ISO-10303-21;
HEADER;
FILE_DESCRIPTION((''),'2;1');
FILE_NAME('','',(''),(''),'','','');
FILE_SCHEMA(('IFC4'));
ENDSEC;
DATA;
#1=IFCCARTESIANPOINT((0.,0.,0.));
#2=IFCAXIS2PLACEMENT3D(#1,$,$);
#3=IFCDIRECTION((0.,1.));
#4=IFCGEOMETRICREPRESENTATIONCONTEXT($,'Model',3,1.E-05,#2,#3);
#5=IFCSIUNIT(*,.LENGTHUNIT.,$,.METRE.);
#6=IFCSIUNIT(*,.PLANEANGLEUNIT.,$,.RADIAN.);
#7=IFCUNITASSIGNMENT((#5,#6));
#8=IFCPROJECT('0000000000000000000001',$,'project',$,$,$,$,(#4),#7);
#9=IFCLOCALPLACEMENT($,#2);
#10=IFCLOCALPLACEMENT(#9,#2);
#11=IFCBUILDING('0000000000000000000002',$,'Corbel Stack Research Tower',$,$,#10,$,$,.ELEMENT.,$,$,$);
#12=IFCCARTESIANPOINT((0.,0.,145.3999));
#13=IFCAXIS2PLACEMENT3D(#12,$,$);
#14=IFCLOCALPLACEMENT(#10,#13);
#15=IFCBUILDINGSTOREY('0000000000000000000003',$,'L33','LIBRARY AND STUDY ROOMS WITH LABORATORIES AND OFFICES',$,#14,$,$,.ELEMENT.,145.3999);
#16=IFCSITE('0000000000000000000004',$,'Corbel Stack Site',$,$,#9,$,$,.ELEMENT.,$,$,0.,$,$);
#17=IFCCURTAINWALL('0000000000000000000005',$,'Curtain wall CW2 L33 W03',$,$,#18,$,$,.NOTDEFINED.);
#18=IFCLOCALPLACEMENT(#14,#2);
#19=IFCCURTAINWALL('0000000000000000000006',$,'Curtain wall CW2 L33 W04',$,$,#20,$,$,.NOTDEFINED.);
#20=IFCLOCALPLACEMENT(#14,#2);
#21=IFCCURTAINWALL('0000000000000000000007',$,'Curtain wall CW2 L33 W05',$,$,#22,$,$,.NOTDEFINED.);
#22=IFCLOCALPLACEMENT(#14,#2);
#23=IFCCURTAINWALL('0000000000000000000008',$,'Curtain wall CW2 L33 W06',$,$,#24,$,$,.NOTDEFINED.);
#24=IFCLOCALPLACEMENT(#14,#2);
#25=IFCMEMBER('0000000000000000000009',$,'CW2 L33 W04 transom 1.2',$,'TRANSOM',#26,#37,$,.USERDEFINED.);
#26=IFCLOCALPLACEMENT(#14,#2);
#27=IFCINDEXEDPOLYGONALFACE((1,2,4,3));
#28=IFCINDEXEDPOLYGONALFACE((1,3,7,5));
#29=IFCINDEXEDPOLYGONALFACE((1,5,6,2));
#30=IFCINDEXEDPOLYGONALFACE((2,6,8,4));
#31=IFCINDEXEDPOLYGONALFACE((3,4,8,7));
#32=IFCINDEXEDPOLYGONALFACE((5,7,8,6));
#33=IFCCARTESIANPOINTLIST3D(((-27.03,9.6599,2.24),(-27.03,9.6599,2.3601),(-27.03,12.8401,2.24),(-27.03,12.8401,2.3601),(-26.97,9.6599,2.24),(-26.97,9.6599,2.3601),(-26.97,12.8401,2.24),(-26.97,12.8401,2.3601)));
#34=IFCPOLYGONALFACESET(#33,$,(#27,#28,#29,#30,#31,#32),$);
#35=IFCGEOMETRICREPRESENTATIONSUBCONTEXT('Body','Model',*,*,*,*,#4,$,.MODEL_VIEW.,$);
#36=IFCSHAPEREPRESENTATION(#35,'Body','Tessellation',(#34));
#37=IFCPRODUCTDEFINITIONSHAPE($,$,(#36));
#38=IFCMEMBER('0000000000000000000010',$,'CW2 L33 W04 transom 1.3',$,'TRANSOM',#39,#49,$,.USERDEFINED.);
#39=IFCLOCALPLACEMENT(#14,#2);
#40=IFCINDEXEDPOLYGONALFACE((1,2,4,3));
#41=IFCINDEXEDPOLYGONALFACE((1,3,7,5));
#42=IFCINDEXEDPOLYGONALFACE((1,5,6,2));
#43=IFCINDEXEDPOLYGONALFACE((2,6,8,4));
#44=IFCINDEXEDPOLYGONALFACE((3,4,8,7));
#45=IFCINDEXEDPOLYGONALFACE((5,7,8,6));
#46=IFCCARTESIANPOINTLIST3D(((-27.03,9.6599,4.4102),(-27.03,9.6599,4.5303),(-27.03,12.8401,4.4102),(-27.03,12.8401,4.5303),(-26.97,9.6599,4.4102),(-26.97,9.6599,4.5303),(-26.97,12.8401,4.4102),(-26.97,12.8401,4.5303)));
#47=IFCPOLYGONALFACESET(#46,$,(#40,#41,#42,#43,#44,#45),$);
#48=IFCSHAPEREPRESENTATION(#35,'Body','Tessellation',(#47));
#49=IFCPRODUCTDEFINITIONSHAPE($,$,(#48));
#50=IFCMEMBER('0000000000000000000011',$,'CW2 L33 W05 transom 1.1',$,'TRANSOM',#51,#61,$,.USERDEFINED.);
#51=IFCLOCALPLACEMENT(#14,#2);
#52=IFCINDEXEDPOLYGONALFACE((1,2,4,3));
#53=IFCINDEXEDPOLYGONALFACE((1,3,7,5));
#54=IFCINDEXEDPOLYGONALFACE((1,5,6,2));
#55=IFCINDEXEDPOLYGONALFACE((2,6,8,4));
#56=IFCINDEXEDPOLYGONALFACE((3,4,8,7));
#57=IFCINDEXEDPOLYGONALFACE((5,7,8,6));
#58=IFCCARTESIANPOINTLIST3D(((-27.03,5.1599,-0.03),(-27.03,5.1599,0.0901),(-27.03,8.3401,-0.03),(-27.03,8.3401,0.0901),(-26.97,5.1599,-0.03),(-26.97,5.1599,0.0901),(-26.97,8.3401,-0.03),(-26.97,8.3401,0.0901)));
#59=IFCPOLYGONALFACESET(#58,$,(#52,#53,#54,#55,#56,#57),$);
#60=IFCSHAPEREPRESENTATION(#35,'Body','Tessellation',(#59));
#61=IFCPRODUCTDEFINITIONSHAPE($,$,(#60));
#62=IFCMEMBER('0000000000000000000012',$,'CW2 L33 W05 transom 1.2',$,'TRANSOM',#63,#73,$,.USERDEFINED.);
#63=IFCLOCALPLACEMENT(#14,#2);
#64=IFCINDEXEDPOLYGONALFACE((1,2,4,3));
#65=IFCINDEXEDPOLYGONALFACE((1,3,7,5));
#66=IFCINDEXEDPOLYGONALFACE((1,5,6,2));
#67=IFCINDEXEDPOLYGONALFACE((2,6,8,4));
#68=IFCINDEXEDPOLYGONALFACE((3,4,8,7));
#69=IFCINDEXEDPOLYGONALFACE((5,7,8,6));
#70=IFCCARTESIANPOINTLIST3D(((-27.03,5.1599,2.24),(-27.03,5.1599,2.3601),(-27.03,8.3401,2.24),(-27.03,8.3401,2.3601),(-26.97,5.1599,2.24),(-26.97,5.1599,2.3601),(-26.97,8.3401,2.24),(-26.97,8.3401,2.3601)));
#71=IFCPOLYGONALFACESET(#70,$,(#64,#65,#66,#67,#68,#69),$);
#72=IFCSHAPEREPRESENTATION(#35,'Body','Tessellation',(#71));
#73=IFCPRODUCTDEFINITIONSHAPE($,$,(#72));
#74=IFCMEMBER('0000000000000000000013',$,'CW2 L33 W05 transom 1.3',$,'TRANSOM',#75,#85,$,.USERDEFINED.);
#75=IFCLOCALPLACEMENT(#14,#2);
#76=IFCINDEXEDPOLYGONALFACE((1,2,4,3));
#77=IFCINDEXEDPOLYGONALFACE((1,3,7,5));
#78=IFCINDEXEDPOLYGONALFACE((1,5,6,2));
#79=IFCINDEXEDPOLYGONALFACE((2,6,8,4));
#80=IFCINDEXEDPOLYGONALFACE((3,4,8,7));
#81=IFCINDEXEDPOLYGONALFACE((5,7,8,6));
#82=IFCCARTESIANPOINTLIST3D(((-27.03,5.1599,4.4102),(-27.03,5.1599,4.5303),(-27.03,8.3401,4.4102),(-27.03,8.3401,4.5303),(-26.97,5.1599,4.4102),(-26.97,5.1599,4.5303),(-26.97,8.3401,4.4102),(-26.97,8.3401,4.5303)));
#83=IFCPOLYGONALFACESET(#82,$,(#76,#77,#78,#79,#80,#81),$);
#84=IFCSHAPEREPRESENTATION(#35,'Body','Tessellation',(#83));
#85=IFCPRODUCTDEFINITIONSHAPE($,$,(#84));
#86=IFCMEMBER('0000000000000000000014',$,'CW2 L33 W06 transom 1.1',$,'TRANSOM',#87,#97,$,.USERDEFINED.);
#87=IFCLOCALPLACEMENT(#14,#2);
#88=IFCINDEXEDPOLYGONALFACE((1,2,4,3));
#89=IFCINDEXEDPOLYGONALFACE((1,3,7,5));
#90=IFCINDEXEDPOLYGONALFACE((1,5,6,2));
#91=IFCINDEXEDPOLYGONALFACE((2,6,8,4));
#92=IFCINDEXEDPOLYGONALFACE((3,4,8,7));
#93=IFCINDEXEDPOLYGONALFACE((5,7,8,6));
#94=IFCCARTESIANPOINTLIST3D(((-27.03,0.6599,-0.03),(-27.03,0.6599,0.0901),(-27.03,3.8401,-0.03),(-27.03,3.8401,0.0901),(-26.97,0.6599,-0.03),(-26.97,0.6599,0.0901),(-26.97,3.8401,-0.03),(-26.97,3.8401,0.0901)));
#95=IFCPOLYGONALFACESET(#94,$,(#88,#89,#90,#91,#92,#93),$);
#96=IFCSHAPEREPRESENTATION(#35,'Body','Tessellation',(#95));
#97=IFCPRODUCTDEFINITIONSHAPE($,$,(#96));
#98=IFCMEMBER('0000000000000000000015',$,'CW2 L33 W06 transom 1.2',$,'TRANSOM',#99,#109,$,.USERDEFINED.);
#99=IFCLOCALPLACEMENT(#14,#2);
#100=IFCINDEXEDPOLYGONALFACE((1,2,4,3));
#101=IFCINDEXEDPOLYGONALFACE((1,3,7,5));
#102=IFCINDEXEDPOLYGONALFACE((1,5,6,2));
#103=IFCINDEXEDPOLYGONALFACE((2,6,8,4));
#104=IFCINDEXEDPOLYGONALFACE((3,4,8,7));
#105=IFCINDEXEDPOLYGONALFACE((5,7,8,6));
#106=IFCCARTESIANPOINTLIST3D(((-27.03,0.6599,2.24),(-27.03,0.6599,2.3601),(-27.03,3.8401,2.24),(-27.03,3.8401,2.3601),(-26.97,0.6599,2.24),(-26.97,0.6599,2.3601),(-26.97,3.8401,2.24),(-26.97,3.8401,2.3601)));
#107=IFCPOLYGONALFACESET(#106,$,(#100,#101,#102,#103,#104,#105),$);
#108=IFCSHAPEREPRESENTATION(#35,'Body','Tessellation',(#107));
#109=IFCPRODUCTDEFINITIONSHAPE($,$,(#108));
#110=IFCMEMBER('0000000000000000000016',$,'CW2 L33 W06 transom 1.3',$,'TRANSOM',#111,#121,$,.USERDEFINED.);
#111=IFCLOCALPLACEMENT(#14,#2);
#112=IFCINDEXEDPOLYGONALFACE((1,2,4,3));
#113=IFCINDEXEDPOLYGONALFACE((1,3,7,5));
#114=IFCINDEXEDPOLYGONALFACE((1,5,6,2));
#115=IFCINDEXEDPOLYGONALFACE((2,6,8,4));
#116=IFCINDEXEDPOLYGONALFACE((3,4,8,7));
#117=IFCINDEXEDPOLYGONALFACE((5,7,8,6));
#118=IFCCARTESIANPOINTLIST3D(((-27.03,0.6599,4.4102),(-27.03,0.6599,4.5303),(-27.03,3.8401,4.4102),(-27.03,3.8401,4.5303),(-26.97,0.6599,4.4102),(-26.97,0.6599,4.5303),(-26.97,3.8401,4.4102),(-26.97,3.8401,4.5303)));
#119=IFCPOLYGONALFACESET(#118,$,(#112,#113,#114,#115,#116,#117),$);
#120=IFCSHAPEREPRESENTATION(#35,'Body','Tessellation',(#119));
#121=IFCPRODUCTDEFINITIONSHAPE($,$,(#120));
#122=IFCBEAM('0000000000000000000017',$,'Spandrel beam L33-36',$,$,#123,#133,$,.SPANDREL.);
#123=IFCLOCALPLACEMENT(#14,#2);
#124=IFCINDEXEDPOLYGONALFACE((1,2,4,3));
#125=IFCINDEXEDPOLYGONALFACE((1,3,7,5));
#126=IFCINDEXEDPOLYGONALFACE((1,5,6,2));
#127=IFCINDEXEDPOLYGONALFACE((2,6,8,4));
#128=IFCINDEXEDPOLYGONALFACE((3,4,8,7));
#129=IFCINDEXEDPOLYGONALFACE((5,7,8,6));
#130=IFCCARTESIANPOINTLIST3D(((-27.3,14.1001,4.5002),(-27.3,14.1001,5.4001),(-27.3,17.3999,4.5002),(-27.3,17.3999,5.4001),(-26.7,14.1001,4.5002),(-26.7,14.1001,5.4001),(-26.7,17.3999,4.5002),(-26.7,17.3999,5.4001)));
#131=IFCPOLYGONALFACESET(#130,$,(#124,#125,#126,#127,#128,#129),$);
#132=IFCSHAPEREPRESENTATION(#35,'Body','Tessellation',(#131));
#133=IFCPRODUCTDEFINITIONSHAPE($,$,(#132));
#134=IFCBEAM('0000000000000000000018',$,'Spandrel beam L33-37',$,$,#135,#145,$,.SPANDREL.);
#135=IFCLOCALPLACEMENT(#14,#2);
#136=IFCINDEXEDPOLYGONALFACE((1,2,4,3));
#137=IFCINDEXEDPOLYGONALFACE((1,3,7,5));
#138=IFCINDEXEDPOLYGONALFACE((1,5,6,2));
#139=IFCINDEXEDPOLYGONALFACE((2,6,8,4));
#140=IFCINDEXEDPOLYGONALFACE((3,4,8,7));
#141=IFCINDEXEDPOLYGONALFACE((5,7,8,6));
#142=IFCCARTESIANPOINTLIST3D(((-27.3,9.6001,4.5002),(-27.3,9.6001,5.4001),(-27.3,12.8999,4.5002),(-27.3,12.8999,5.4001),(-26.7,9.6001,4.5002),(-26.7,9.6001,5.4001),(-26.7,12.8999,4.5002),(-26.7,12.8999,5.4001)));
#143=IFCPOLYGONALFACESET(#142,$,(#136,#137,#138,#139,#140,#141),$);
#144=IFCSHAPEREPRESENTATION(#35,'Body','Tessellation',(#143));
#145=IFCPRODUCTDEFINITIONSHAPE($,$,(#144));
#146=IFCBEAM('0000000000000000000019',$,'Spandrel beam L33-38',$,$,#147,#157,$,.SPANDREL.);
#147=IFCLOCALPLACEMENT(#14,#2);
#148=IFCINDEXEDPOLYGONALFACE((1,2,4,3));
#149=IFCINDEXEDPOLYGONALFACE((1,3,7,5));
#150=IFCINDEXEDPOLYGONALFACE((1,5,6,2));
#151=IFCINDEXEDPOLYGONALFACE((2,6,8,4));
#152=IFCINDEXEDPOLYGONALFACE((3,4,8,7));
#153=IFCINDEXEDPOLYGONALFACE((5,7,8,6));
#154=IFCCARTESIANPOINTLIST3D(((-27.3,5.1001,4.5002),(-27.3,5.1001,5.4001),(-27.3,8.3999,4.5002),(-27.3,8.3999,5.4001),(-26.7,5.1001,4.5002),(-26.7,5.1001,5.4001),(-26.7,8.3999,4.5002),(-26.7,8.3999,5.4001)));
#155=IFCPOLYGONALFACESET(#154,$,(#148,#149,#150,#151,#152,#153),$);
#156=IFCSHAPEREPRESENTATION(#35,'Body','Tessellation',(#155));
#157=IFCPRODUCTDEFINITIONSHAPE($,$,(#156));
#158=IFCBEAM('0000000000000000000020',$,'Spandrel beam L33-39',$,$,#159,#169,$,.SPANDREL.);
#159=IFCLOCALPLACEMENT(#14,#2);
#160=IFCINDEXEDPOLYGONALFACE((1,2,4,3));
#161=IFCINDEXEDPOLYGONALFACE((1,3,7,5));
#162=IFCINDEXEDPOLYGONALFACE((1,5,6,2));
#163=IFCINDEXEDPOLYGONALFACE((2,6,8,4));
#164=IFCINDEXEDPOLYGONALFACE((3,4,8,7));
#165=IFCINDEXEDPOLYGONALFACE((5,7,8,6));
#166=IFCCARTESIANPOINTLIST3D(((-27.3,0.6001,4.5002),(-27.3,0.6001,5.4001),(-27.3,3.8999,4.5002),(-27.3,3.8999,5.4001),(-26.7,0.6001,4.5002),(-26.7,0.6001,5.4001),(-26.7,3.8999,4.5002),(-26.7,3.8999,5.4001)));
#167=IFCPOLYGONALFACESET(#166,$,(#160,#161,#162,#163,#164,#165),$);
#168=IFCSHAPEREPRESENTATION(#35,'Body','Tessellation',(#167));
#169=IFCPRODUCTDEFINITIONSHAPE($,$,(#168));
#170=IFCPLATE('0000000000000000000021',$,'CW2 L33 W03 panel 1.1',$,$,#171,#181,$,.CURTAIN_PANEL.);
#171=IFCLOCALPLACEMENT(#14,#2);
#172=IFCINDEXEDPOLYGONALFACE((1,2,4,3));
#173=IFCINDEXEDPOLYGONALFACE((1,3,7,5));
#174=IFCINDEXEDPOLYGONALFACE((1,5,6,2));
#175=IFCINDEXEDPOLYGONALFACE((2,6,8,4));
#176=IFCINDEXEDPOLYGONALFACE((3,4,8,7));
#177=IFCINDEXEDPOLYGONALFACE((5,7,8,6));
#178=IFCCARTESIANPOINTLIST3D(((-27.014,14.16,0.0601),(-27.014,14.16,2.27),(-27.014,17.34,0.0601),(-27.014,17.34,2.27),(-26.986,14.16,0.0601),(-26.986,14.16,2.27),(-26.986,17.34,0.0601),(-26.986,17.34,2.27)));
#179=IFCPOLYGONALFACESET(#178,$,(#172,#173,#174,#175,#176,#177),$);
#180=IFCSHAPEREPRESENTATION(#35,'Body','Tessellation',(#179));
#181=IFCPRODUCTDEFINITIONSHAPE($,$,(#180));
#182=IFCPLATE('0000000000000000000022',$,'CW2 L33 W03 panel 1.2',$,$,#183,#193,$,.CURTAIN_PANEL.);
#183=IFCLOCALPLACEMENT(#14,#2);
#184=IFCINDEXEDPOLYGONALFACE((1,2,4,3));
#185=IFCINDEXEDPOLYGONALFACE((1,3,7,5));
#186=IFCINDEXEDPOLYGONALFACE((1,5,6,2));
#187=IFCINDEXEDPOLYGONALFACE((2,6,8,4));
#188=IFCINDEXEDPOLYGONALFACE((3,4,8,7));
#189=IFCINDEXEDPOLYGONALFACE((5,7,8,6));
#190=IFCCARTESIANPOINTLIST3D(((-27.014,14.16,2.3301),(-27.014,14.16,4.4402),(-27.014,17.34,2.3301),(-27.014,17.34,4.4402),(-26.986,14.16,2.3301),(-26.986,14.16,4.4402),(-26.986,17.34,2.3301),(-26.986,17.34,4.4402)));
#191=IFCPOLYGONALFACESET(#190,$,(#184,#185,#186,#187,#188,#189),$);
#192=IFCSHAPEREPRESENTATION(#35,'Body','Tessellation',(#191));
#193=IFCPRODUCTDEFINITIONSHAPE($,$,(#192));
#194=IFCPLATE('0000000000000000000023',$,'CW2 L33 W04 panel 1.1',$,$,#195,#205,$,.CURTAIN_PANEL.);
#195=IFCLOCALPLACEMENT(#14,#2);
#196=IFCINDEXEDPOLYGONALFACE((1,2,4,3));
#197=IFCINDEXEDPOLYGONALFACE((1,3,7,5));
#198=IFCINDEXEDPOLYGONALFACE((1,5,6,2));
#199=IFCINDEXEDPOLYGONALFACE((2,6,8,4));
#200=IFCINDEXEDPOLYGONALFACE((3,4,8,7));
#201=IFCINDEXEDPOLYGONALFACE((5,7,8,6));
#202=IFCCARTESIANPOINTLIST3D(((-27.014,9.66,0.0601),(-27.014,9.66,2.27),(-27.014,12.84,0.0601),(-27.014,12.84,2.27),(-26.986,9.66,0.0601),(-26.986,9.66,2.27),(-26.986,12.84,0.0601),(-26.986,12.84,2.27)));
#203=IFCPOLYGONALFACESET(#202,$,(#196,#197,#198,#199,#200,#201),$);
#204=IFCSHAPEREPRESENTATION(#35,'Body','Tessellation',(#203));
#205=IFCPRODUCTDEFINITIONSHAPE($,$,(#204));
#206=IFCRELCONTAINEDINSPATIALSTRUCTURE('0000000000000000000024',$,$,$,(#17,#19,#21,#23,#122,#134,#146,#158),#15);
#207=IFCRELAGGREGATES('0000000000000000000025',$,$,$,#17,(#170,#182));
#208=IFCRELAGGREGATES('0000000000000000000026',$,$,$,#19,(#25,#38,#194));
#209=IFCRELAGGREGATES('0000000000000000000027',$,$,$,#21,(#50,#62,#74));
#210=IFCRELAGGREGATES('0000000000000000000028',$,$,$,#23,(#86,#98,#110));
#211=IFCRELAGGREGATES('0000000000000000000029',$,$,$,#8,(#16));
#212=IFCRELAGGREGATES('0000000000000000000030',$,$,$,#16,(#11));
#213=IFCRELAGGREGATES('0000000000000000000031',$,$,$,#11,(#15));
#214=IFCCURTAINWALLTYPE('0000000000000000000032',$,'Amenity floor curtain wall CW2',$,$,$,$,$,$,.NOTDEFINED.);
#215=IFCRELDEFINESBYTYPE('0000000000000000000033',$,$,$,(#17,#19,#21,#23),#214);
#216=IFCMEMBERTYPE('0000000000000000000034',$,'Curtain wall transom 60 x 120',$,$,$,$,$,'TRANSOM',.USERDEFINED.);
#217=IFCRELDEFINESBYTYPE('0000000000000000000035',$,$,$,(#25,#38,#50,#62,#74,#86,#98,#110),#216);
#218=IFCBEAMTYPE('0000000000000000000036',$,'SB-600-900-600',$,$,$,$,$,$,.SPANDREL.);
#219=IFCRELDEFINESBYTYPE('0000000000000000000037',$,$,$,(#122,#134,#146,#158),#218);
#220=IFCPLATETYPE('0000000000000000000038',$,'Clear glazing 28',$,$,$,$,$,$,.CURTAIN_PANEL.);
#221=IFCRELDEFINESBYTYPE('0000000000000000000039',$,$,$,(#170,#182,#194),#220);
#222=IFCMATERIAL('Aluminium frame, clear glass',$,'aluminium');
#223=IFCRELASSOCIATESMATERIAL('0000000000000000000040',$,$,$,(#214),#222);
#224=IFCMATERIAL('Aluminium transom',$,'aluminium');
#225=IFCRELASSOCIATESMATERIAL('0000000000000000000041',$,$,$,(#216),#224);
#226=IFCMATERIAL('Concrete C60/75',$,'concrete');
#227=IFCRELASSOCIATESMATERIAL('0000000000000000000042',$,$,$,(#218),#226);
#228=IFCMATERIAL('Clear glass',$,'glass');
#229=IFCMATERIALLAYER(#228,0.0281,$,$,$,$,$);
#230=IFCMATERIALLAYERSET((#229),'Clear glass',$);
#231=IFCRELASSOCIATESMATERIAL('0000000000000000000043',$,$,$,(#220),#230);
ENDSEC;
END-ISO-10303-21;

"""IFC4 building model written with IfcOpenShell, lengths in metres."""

from ifc_helpers import new_model, si_unit, direction, frame, origin, origin_2d, place, context, subcontext, project, spatial, rectangle, extrude, material, layer, layer_set, material_profile, profile_set, type_object, element, aggregate, save


model = new_model("IFC4")

# Units and contexts
model_context = context("Model", 3, precision=1e-05, world=origin(), true_north=direction((0.0, 1.0)))
body_context = subcontext(model_context, "Body", "Model", "MODEL_VIEW")
ifc_project = project(units=[si_unit("LENGTHUNIT", "METRE"), si_unit("PLANEANGLEUNIT", "RADIAN")], contexts=[model_context])

# Site, building, storey
site_placement = place(None, origin())
site = spatial("IfcSite", under=ifc_project, at=site_placement, Name="Corbel Stack Site", CompositionType="ELEMENT", RefElevation=0.0)
building_placement = place(site_placement, origin())
building = spatial("IfcBuilding", under=site, at=building_placement, Name="Corbel Stack Research Tower", CompositionType="ELEMENT")
storey_placement = place(building_placement, frame((0.0, 0.0, 145.3999)))
storey = spatial("IfcBuildingStorey", under=building, at=storey_placement, Name="L33", Description="LIBRARY AND STUDY ROOMS WITH LABORATORIES AND OFFICES", CompositionType="ELEMENT", Elevation=145.3999)

# Curtain walls
ifc_material_1 = material(Name="Aluminium frame, clear glass", Category="aluminium")
curtain_wall_type = type_object("IfcCurtainWallType", Name="Amenity floor curtain wall CW2", PredefinedType="NOTDEFINED", material=ifc_material_1)
curtain_wall_1_placement = place(storey_placement, origin())
curtain_wall_1 = element("IfcCurtainWall", 1, at=curtain_wall_1_placement, inside=storey, type_object=curtain_wall_type, Name="Curtain wall CW2 L33 W03", PredefinedType="NOTDEFINED")
curtain_wall_2_placement = place(storey_placement, origin())
curtain_wall_2 = element("IfcCurtainWall", 2, at=curtain_wall_2_placement, inside=storey, type_object=curtain_wall_type, Name="Curtain wall CW2 L33 W04", PredefinedType="NOTDEFINED")
curtain_wall_3_placement = place(storey_placement, origin())
curtain_wall_3 = element("IfcCurtainWall", 3, at=curtain_wall_3_placement, inside=storey, type_object=curtain_wall_type, Name="Curtain wall CW2 L33 W05", PredefinedType="NOTDEFINED")
curtain_wall_4_placement = place(storey_placement, origin())
curtain_wall_4 = element("IfcCurtainWall", 4, at=curtain_wall_4_placement, inside=storey, type_object=curtain_wall_type, Name="Curtain wall CW2 L33 W06", PredefinedType="NOTDEFINED")

# Members
ifc_material_2 = material(Name="Aluminium transom", Category="aluminium")
ifc_material_profile_1 = material_profile(ifc_material_2, rectangle(XDim=0.0601, YDim=0.1201, at=origin_2d()), Name="Transom 60 x 120")
ifc_profile_set_1 = profile_set([ifc_material_profile_1], Name="Aluminium transom")
member_type_1 = type_object("IfcMemberType", Name="Curtain wall transom 60 x 120", ElementType="TRANSOM", PredefinedType="USERDEFINED", material=ifc_profile_set_1)
member_1_placement = place(storey_placement, frame((-27.0, 12.8401, 2.3), z_axis=(0.0, -1.0, 0.0), x_axis=(1.0, 0.0, 0.0)))
member_1 = element("IfcMember", 5, at=member_1_placement, type_object=member_type_1, Name="CW2 L33 W04 transom 1.2", ObjectType="TRANSOM", PredefinedType="USERDEFINED", context=body_context, shape_type="SweptSolid", body=[
    extrude(rectangle(XDim=0.0601, YDim=0.1201, at=origin_2d()), origin(), (0.0, 0.0, 1.0), 3.1802),
])
member_2_placement = place(storey_placement, frame((-27.0, 12.8401, 4.4702), z_axis=(0.0, -1.0, 0.0), x_axis=(1.0, 0.0, 0.0)))
member_2 = element("IfcMember", 6, at=member_2_placement, type_object=member_type_1, Name="CW2 L33 W04 transom 1.3", ObjectType="TRANSOM", PredefinedType="USERDEFINED", context=body_context, shape_type="SweptSolid", body=[
    extrude(rectangle(XDim=0.0601, YDim=0.1201, at=origin_2d()), origin(), (0.0, 0.0, 1.0), 3.1802),
])
member_3_placement = place(storey_placement, frame((-27.0, 8.3401, 0.03), z_axis=(0.0, -1.0, 0.0), x_axis=(1.0, 0.0, 0.0)))
member_3 = element("IfcMember", 7, at=member_3_placement, type_object=member_type_1, Name="CW2 L33 W05 transom 1.1", ObjectType="TRANSOM", PredefinedType="USERDEFINED", context=body_context, shape_type="SweptSolid", body=[
    extrude(rectangle(XDim=0.0601, YDim=0.1201, at=origin_2d()), origin(), (0.0, 0.0, 1.0), 3.1802),
])
member_4_placement = place(storey_placement, frame((-27.0, 8.3401, 2.3), z_axis=(0.0, -1.0, 0.0), x_axis=(1.0, 0.0, 0.0)))
member_4 = element("IfcMember", 8, at=member_4_placement, type_object=member_type_1, Name="CW2 L33 W05 transom 1.2", ObjectType="TRANSOM", PredefinedType="USERDEFINED", context=body_context, shape_type="SweptSolid", body=[
    extrude(rectangle(XDim=0.0601, YDim=0.1201, at=origin_2d()), origin(), (0.0, 0.0, 1.0), 3.1802),
])
member_5_placement = place(storey_placement, frame((-27.0, 8.3401, 4.4702), z_axis=(0.0, -1.0, 0.0), x_axis=(1.0, 0.0, 0.0)))
member_5 = element("IfcMember", 9, at=member_5_placement, type_object=member_type_1, Name="CW2 L33 W05 transom 1.3", ObjectType="TRANSOM", PredefinedType="USERDEFINED", context=body_context, shape_type="SweptSolid", body=[
    extrude(rectangle(XDim=0.0601, YDim=0.1201, at=origin_2d()), origin(), (0.0, 0.0, 1.0), 3.1802),
])
member_6_placement = place(storey_placement, frame((-27.0, 3.8401, 0.03), z_axis=(0.0, -1.0, 0.0), x_axis=(1.0, 0.0, 0.0)))
member_6 = element("IfcMember", 10, at=member_6_placement, type_object=member_type_1, Name="CW2 L33 W06 transom 1.1", ObjectType="TRANSOM", PredefinedType="USERDEFINED", context=body_context, shape_type="SweptSolid", body=[
    extrude(rectangle(XDim=0.0601, YDim=0.1201, at=origin_2d()), origin(), (0.0, 0.0, 1.0), 3.1802),
])
member_7_placement = place(storey_placement, frame((-27.0, 3.8401, 2.3), z_axis=(0.0, -1.0, 0.0), x_axis=(1.0, 0.0, 0.0)))
member_7 = element("IfcMember", 11, at=member_7_placement, type_object=member_type_1, Name="CW2 L33 W06 transom 1.2", ObjectType="TRANSOM", PredefinedType="USERDEFINED", context=body_context, shape_type="SweptSolid", body=[
    extrude(rectangle(XDim=0.0601, YDim=0.1201, at=origin_2d()), origin(), (0.0, 0.0, 1.0), 3.1802),
])
member_8_placement = place(storey_placement, frame((-27.0, 3.8401, 4.4702), z_axis=(0.0, -1.0, 0.0), x_axis=(1.0, 0.0, 0.0)))
member_8 = element("IfcMember", 12, at=member_8_placement, type_object=member_type_1, Name="CW2 L33 W06 transom 1.3", ObjectType="TRANSOM", PredefinedType="USERDEFINED", context=body_context, shape_type="SweptSolid", body=[
    extrude(rectangle(XDim=0.0601, YDim=0.1201, at=origin_2d()), origin(), (0.0, 0.0, 1.0), 3.1802),
])

# Beams
ifc_material_3 = material(Name="Concrete C60/75", Category="concrete")
ifc_material_profile_2 = material_profile(ifc_material_3, rectangle(XDim=0.6001, YDim=0.8999, at=origin_2d()), Name="RC 600 x 900")
ifc_profile_set_2 = profile_set([ifc_material_profile_2], Name="Concrete C60/75")
beam_type = type_object("IfcBeamType", Name="SB-600-900-600", PredefinedType="SPANDREL", material=ifc_profile_set_2)
for number, where, z_axis, x_axis, name in (
    (13, (-27.0, 17.3999, 4.9502), (0.0, -1.0, 0.0), (1.0, 0.0, 0.0), "Spandrel beam L33-36"),
    (14, (-27.0, 12.8999, 4.9502), (0.0, -1.0, 0.0), (1.0, 0.0, 0.0), "Spandrel beam L33-37"),
    (15, (-27.0, 8.3999, 4.9502), (0.0, -1.0, 0.0), (1.0, 0.0, 0.0), "Spandrel beam L33-38"),
    (16, (-27.0, 3.8999, 4.9502), (0.0, -1.0, 0.0), (1.0, 0.0, 0.0), "Spandrel beam L33-39"),
):
    element("IfcBeam", number, at=place(storey_placement, frame(where, z_axis=z_axis, x_axis=x_axis)), inside=storey, type_object=beam_type, Name=name, PredefinedType="SPANDREL", context=body_context, shape_type="SweptSolid", body=[
        extrude(rectangle(XDim=0.6001, YDim=0.8999, at=origin_2d()), origin(), (0.0, 0.0, 1.0), 3.2998),
    ])

# Plates
ifc_material_4 = material(Name="Clear glass", Category="glass")
ifc_layer = layer(ifc_material_4, 0.0281)
ifc_layer_set = layer_set([ifc_layer], Name="Clear glass")
plate_type = type_object("IfcPlateType", Name="Clear glazing 28", PredefinedType="CURTAIN_PANEL", material=ifc_layer_set)
plate_1_placement = place(storey_placement, frame((-27.0, 15.75, 0.0601), z_axis=(0.0, 0.0, 1.0), x_axis=(0.0, -1.0, 0.0)))
plate_1 = element("IfcPlate", 17, at=plate_1_placement, type_object=plate_type, Name="CW2 L33 W03 panel 1.1", PredefinedType="CURTAIN_PANEL", context=body_context, shape_type="SweptSolid", body=[
    extrude(rectangle(XDim=3.1799, YDim=0.0281, at=origin_2d()), origin(), (0.0, 0.0, 1.0), 2.21),
])
plate_2_placement = place(storey_placement, frame((-27.0, 15.75, 2.3301), z_axis=(0.0, 0.0, 1.0), x_axis=(0.0, -1.0, 0.0)))
plate_2 = element("IfcPlate", 18, at=plate_2_placement, type_object=plate_type, Name="CW2 L33 W03 panel 1.2", PredefinedType="CURTAIN_PANEL", context=body_context, shape_type="SweptSolid", body=[
    extrude(rectangle(XDim=3.1799, YDim=0.0281, at=origin_2d()), origin(), (0.0, 0.0, 1.0), 2.1101),
])
aggregate(curtain_wall_1, [plate_1, plate_2])
plate_3_placement = place(storey_placement, frame((-27.0, 11.25, 0.0601), z_axis=(0.0, 0.0, 1.0), x_axis=(0.0, -1.0, 0.0)))
plate_3 = element("IfcPlate", 19, at=plate_3_placement, type_object=plate_type, Name="CW2 L33 W04 panel 1.1", PredefinedType="CURTAIN_PANEL", context=body_context, shape_type="SweptSolid", body=[
    extrude(rectangle(XDim=3.1799, YDim=0.0281, at=origin_2d()), origin(), (0.0, 0.0, 1.0), 2.21),
])
aggregate(curtain_wall_2, [member_1, member_2, plate_3])
aggregate(curtain_wall_3, [member_3, member_4, member_5])
aggregate(curtain_wall_4, [member_6, member_7, member_8])

save(model, "model.ifc")
